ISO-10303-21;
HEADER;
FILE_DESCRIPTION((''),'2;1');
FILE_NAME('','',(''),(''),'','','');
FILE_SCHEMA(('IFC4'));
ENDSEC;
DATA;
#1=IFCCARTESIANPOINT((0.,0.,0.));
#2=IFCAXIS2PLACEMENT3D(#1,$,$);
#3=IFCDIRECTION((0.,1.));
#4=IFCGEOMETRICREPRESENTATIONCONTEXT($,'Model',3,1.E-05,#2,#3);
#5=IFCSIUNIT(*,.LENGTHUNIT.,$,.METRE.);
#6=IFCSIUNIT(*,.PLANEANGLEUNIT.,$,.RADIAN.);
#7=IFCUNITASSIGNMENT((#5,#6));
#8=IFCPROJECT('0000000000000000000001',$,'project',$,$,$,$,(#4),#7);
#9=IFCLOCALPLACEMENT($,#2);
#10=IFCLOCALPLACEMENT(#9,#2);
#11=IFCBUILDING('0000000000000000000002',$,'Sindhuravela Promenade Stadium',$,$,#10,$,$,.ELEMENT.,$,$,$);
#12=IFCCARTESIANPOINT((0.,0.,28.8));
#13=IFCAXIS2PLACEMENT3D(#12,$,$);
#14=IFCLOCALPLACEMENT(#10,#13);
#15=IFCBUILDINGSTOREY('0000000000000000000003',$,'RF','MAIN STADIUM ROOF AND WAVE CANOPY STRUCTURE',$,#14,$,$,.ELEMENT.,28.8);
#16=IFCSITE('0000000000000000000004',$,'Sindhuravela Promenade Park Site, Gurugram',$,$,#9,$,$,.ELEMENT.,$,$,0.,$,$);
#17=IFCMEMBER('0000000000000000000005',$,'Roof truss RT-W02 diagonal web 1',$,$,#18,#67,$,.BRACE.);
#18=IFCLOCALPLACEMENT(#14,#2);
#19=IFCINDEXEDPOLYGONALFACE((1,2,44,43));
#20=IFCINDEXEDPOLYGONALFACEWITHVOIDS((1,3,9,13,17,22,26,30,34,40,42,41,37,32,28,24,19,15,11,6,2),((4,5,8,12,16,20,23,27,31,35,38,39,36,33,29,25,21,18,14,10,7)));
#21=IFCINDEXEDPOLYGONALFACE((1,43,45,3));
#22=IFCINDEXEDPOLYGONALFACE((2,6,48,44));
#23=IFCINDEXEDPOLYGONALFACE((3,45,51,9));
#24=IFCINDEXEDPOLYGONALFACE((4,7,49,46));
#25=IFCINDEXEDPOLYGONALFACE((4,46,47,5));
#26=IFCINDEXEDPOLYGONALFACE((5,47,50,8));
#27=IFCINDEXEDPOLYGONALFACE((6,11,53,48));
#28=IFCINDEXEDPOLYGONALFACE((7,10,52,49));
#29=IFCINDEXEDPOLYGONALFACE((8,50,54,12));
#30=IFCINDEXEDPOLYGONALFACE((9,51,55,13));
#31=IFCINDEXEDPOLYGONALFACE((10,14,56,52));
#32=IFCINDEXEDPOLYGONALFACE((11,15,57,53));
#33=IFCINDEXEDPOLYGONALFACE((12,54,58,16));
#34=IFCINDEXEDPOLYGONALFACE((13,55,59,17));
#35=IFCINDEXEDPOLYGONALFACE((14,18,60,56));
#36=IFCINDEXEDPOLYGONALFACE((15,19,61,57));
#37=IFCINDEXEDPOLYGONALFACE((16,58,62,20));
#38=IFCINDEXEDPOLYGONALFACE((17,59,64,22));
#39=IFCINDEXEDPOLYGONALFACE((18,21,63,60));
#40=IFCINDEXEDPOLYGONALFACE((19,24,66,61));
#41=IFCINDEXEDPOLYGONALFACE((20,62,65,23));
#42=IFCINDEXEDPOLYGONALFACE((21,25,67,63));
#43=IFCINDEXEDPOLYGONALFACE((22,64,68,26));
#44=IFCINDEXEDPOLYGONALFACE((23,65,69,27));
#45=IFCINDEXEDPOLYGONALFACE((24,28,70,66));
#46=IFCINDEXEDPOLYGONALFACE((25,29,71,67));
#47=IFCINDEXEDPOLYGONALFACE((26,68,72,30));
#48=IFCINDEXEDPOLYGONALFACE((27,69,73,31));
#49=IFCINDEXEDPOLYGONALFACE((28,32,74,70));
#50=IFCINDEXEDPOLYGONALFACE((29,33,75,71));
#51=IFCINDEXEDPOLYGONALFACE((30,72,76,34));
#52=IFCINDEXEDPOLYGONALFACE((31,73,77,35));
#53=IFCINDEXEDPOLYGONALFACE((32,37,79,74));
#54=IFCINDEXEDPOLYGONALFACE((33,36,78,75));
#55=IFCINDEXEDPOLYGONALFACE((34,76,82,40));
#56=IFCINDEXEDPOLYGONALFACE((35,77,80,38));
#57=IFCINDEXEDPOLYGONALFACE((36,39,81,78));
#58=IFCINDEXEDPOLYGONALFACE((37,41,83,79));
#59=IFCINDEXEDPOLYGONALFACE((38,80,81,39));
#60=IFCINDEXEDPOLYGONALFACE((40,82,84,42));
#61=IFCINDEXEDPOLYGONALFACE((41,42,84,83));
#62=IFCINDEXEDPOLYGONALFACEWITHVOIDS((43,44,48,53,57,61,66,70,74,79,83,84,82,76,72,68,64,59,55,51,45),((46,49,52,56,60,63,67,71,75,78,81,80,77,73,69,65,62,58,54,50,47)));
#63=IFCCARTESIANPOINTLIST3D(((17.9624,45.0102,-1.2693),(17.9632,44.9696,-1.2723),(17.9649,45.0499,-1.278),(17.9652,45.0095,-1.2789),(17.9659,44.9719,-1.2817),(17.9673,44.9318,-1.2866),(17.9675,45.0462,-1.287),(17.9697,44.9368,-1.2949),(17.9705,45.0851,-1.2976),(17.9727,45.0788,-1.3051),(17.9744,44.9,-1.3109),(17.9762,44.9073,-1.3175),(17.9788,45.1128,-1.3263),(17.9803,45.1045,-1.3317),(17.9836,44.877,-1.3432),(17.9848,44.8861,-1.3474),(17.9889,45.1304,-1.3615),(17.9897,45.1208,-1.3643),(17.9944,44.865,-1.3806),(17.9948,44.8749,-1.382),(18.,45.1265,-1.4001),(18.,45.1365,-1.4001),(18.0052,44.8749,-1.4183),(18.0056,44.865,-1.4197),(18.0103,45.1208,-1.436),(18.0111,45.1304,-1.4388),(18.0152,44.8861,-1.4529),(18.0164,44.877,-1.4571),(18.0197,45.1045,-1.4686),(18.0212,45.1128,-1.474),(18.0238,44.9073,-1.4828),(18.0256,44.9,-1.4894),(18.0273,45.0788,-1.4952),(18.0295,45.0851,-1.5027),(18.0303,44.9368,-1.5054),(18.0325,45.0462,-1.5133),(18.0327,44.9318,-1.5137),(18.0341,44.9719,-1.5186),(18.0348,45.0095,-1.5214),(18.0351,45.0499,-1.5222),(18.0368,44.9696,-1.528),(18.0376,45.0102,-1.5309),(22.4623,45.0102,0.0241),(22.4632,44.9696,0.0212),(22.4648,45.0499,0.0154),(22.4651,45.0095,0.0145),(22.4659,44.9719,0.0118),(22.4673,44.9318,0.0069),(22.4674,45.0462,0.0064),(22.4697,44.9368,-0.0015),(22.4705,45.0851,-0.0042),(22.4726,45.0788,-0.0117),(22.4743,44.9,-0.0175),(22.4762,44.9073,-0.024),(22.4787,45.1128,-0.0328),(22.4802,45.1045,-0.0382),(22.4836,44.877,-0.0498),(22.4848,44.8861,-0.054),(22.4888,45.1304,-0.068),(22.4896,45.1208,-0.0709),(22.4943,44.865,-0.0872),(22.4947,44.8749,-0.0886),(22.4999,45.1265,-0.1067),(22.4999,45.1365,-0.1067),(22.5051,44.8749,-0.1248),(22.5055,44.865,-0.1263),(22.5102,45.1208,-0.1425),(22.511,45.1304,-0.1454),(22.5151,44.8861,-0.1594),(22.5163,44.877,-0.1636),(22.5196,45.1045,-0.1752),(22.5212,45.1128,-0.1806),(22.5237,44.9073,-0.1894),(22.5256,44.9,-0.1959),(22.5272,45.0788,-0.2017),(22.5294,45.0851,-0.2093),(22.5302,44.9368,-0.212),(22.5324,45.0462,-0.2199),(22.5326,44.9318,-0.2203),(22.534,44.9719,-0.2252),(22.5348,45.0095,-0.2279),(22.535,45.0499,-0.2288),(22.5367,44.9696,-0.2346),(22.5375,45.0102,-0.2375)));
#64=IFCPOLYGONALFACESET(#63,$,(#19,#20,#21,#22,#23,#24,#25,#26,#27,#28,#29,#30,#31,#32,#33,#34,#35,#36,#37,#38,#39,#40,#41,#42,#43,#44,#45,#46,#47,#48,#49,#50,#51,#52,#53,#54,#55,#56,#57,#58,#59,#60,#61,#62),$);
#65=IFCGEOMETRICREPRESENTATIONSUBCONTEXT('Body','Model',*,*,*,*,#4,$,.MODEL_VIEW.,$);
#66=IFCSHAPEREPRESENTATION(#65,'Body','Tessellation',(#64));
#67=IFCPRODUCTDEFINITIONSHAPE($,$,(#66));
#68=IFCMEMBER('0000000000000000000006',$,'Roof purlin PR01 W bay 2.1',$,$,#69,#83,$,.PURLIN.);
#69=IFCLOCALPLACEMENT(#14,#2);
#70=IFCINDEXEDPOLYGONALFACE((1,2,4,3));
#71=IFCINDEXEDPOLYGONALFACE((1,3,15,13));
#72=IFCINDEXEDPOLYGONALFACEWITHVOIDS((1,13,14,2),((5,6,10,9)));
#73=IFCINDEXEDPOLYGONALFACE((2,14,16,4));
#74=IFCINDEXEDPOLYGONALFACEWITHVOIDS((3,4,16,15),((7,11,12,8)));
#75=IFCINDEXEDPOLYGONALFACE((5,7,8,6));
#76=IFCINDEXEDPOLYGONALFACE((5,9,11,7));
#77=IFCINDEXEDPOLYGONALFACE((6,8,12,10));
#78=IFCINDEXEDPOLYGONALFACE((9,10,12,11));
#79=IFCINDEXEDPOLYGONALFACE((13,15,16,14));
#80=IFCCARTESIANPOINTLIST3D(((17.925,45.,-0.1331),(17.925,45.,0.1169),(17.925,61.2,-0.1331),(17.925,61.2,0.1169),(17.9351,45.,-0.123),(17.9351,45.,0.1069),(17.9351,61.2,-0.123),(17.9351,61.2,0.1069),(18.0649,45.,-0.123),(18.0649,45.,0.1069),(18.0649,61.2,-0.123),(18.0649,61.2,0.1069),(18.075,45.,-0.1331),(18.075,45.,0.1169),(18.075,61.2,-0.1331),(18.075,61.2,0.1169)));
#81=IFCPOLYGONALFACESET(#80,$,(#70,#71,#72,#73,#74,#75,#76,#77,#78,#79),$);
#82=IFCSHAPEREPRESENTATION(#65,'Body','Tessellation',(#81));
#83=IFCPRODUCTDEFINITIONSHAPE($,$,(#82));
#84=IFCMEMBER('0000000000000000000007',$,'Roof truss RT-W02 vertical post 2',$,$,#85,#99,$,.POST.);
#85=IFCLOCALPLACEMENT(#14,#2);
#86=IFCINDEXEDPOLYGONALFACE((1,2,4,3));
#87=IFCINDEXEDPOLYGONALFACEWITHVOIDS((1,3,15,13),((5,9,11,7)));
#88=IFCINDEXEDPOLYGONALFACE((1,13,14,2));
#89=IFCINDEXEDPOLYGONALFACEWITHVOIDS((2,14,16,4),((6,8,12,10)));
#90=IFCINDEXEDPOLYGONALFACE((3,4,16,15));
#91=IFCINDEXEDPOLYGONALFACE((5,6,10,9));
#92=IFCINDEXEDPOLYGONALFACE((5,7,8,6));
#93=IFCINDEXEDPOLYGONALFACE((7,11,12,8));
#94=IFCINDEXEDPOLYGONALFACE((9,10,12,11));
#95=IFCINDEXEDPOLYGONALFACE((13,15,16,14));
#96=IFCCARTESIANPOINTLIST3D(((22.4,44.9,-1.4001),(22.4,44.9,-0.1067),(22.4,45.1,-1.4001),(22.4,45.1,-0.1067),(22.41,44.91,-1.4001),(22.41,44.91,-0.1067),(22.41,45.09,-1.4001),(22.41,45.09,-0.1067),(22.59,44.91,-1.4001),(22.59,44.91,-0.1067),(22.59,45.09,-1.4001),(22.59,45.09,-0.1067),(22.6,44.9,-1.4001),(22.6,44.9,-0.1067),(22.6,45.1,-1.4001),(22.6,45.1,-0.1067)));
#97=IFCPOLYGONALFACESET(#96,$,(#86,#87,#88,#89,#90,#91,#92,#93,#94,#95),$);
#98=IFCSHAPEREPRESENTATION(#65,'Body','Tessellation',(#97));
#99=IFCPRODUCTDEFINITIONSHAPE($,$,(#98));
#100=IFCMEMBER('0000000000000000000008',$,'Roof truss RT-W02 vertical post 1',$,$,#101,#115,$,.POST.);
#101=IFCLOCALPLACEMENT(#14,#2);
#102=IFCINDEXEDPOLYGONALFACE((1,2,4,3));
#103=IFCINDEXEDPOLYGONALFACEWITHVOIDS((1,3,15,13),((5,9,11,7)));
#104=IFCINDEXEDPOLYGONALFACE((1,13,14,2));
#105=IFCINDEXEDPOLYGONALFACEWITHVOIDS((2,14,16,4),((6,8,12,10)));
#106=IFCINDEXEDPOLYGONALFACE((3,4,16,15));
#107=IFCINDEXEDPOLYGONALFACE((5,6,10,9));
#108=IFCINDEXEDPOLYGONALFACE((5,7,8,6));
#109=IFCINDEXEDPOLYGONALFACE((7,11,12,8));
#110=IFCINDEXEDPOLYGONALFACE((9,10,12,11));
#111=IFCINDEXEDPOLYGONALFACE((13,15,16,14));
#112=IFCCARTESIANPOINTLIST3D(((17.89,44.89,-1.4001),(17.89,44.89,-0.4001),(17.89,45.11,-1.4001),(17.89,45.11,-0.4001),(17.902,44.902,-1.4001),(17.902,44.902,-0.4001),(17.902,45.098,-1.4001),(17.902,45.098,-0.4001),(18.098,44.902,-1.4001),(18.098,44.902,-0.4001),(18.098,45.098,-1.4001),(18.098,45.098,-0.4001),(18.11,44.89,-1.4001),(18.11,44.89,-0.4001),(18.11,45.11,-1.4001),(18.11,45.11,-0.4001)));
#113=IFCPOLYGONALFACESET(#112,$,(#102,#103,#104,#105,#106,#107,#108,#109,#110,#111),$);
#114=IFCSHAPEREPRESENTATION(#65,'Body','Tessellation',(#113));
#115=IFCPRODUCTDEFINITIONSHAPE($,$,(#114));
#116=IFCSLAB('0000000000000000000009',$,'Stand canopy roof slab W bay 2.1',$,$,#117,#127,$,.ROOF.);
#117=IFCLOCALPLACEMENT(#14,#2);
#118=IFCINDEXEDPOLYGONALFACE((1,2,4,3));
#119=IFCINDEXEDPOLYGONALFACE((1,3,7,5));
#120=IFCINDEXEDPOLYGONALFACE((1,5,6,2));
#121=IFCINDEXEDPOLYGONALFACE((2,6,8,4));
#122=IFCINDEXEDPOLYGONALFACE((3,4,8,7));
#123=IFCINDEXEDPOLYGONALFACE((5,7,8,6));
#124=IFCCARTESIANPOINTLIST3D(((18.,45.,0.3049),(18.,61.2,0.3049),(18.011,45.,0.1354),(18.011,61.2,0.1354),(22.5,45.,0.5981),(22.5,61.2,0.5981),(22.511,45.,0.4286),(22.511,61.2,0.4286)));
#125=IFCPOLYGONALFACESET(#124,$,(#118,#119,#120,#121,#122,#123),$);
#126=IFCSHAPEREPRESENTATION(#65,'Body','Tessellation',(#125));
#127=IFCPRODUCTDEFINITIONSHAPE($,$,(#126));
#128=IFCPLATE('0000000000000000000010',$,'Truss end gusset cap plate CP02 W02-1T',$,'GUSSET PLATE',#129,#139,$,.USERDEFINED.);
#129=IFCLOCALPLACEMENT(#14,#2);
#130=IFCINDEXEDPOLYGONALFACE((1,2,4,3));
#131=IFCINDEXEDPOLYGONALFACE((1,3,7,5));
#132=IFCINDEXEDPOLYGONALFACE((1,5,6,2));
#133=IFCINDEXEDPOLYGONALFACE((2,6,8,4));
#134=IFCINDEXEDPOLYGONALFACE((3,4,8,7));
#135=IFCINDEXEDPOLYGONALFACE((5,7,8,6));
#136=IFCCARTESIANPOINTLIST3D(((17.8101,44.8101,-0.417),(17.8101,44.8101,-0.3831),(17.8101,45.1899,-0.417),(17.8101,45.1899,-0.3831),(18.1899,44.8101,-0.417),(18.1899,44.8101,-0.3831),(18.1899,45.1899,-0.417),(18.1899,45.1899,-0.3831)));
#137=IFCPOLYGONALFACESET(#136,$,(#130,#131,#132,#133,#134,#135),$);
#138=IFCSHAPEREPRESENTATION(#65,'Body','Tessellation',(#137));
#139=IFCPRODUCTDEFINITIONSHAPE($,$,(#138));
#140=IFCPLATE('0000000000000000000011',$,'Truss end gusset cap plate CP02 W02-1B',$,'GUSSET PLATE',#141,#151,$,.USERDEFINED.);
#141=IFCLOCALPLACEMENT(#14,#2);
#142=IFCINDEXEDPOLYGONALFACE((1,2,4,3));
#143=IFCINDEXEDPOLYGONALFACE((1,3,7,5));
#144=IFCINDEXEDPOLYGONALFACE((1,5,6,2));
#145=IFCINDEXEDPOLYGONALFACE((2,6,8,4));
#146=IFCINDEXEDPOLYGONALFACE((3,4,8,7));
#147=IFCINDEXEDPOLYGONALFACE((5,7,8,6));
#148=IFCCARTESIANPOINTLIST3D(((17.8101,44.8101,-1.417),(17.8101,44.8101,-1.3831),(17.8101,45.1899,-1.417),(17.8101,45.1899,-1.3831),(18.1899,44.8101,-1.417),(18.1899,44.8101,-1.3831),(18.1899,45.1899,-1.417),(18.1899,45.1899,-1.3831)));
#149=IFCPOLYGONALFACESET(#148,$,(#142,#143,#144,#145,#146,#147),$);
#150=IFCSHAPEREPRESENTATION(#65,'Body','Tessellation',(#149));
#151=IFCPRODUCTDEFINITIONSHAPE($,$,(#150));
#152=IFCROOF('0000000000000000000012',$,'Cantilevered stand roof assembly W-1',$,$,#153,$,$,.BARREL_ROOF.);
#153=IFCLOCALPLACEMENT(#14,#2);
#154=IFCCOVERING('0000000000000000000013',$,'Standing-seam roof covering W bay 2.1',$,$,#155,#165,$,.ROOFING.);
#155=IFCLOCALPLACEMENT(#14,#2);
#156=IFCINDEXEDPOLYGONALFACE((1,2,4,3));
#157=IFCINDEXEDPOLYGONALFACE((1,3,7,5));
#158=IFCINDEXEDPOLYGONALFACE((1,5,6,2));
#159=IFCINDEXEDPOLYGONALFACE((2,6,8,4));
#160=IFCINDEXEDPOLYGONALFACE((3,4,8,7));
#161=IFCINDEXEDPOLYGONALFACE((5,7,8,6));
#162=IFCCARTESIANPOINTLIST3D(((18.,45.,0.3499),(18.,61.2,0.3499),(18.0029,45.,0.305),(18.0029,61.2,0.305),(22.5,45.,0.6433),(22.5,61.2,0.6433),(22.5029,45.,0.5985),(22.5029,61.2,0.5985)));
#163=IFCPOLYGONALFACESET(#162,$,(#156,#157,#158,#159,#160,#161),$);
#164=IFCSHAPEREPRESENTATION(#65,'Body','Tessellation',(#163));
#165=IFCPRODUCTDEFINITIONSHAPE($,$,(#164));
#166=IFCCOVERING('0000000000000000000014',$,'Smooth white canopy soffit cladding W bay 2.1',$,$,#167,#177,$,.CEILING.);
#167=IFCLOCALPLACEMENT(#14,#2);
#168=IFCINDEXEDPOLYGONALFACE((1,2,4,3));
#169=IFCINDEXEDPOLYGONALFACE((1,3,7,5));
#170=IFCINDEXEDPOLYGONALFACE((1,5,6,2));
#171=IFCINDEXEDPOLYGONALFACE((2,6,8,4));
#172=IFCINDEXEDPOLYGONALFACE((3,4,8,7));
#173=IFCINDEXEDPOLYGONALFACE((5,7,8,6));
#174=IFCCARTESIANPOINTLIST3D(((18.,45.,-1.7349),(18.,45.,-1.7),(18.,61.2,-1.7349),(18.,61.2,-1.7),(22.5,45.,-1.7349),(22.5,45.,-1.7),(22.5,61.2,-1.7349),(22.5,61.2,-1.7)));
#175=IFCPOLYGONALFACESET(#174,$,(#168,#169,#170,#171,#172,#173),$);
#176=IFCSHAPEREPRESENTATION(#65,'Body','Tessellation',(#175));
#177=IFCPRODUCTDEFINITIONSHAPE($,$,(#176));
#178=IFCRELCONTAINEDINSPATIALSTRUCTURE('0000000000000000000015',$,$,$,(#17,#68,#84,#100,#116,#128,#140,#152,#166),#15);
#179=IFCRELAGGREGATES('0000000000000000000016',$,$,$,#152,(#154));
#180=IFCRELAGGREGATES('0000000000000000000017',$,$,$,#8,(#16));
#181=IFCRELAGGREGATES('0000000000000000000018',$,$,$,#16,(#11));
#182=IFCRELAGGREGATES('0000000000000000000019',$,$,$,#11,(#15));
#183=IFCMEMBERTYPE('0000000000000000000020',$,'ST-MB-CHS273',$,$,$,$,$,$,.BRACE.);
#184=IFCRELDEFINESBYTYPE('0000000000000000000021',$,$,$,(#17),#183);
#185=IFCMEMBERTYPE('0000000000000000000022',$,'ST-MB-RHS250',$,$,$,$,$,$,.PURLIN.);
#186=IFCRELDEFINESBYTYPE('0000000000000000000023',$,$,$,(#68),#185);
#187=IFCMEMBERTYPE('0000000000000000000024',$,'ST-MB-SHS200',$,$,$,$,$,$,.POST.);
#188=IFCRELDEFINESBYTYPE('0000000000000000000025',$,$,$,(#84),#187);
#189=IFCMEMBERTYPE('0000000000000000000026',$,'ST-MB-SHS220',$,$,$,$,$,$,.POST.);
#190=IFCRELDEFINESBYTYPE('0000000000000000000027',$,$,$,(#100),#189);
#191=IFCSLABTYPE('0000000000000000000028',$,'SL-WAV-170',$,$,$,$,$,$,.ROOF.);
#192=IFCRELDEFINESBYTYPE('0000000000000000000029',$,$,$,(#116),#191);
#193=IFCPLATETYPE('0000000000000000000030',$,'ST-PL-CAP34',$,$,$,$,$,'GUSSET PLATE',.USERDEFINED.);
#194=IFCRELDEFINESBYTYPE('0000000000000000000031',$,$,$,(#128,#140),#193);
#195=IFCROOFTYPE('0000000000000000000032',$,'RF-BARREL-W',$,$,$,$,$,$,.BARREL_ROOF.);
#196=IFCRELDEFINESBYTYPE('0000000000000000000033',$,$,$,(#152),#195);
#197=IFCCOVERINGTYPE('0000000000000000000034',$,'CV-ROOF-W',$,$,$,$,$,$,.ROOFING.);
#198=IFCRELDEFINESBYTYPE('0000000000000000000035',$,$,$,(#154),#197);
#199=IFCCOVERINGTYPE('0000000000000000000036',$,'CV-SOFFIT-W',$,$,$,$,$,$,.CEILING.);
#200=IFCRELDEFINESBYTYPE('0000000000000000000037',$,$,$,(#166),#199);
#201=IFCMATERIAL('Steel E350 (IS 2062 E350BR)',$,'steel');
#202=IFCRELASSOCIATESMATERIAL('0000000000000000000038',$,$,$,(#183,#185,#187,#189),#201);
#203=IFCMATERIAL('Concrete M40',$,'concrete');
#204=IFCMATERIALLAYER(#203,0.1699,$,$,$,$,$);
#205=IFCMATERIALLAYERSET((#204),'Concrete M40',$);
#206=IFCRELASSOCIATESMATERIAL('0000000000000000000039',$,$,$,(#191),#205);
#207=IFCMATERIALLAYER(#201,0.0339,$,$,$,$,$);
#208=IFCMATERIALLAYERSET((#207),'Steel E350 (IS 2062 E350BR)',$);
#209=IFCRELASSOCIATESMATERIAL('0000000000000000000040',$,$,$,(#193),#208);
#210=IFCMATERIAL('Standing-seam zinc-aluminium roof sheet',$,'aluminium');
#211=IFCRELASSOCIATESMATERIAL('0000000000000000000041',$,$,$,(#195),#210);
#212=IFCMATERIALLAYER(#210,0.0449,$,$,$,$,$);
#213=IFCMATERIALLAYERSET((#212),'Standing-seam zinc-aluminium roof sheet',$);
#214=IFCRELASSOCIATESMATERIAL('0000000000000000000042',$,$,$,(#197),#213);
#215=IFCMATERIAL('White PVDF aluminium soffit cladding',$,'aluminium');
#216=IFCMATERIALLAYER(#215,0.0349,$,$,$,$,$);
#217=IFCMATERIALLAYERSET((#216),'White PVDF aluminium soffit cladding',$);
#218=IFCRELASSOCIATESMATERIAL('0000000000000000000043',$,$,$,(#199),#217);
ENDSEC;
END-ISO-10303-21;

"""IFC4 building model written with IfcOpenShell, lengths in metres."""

from ifc_helpers import new_model, si_unit, direction, frame, origin, origin_2d, place, context, subcontext, project, spatial, polyline, rectangle, hollow_rectangle, hollow_circle, outline, extrude, material, layer, layer_set, material_profile, profile_set, type_object, element, aggregate, save


model = new_model("IFC4")

# Units and contexts
model_context = context("Model", 3, precision=1e-05, world=origin(), true_north=direction((0.0, 1.0)))
body_context = subcontext(model_context, "Body", "Model", "MODEL_VIEW")
ifc_project = project(units=[si_unit("LENGTHUNIT", "METRE"), si_unit("PLANEANGLEUNIT", "RADIAN")], contexts=[model_context])

# Site, building, storey
site_placement = place(None, origin())
site = spatial("IfcSite", under=ifc_project, at=site_placement, Name="Sindhuravela Promenade Park Site, Gurugram", CompositionType="ELEMENT", RefElevation=0.0)
building_placement = place(site_placement, origin())
building = spatial("IfcBuilding", under=site, at=building_placement, Name="Sindhuravela Promenade Stadium", CompositionType="ELEMENT")
storey_placement = place(building_placement, frame((0.0, 0.0, 28.8)))
storey = spatial("IfcBuildingStorey", under=building, at=storey_placement, Name="RF", Description="MAIN STADIUM ROOF AND WAVE CANOPY STRUCTURE", CompositionType="ELEMENT", Elevation=28.8)

# Shared definitions
ifc_material_1 = material(Name="Concrete M40", Category="concrete")
ifc_material_2 = material(Name="Steel E350 (IS 2062 E350BR)", Category="steel")

# Members
ifc_material_profile_1 = material_profile(ifc_material_2, hollow_circle(Radius=0.1365, WallThickness=0.01, at=origin_2d()), Name="CHS 273.0x10")
ifc_profile_set_1 = profile_set([ifc_material_profile_1], Name="Steel E350 (IS 2062 E350BR)")
member_type_1 = type_object("IfcMemberType", Name="ST-MB-CHS273", PredefinedType="BRACE", material=ifc_profile_set_1)
member_1_placement = place(storey_placement, frame((18.0, 45.0, -1.4001), z_axis=(0.961086, 0.0, 0.27625), x_axis=(0.0, 1.0, 0.0)))
element("IfcMember", 1, at=member_1_placement, inside=storey, type_object=member_type_1, Name="Roof truss RT-W02 diagonal web 1", PredefinedType="BRACE", context=body_context, shape_type="SweptSolid", body=[
    extrude(hollow_circle(Radius=0.1365, WallThickness=0.01, at=origin_2d()), origin(), (0.0, 0.0, 1.0), 4.6821),
])
ifc_material_profile_2 = material_profile(ifc_material_2, hollow_rectangle(XDim=0.1499, YDim=0.25, WallThickness=0.01, at=origin_2d()), Name="RHS 250x150x10")
ifc_profile_set_2 = profile_set([ifc_material_profile_2], Name="Steel E350 (IS 2062 E350BR)")
member_type_2 = type_object("IfcMemberType", Name="ST-MB-RHS250", PredefinedType="PURLIN", material=ifc_profile_set_2)
member_2_placement = place(storey_placement, frame((18.0, 45.0, -0.0081), z_axis=(0.0, 1.0, 0.0), x_axis=(-1.0, 0.0, 0.0)))
element("IfcMember", 2, at=member_2_placement, inside=storey, type_object=member_type_2, Name="Roof purlin PR01 W bay 2.1", PredefinedType="PURLIN", context=body_context, shape_type="SweptSolid", body=[
    extrude(hollow_rectangle(XDim=0.1499, YDim=0.25, WallThickness=0.01, at=origin_2d()), origin(), (0.0, 0.0, 1.0), 16.2),
])
ifc_material_profile_3 = material_profile(ifc_material_2, hollow_rectangle(XDim=0.2, YDim=0.2, WallThickness=0.01, at=origin_2d()), Name="SHS 200x200x10")
ifc_profile_set_3 = profile_set([ifc_material_profile_3], Name="Steel E350 (IS 2062 E350BR)")
member_type_3 = type_object("IfcMemberType", Name="ST-MB-SHS200", PredefinedType="POST", material=ifc_profile_set_3)
member_3_placement = place(storey_placement, frame((22.5, 45.0, -1.4001), z_axis=(0.0, 0.0, 1.0), x_axis=(1.0, 0.0, 0.0)))
element("IfcMember", 3, at=member_3_placement, inside=storey, type_object=member_type_3, Name="Roof truss RT-W02 vertical post 2", PredefinedType="POST", context=body_context, shape_type="SweptSolid", body=[
    extrude(hollow_rectangle(XDim=0.2, YDim=0.2, WallThickness=0.01, at=origin_2d()), origin(), (0.0, 0.0, 1.0), 1.2935),
])
ifc_material_profile_4 = material_profile(ifc_material_2, hollow_rectangle(XDim=0.22, YDim=0.22, WallThickness=0.012, at=origin_2d()), Name="SHS 220x220x12")
ifc_profile_set_4 = profile_set([ifc_material_profile_4], Name="Steel E350 (IS 2062 E350BR)")
member_type_4 = type_object("IfcMemberType", Name="ST-MB-SHS220", PredefinedType="POST", material=ifc_profile_set_4)
member_4_placement = place(storey_placement, frame((18.0, 45.0, -1.4001), z_axis=(0.0, 0.0, 1.0), x_axis=(1.0, 0.0, 0.0)))
element("IfcMember", 4, at=member_4_placement, inside=storey, type_object=member_type_4, Name="Roof truss RT-W02 vertical post 1", PredefinedType="POST", context=body_context, shape_type="SweptSolid", body=[
    extrude(hollow_rectangle(XDim=0.22, YDim=0.22, WallThickness=0.012, at=origin_2d()), origin(), (0.0, 0.0, 1.0), 1.0),
])

# Slab
ifc_layer_1 = layer(ifc_material_1, 0.1699)
ifc_layer_set_1 = layer_set([ifc_layer_1], Name="Concrete M40")
slab_type = type_object("IfcSlabType", Name="SL-WAV-170", PredefinedType="ROOF", material=ifc_layer_set_1)
slab_placement = place(storey_placement, frame((18.0, 45.0, 0.3049), z_axis=(-0.065021, 0.0, 0.997884), x_axis=(0.0, 1.0, 0.0)))
element("IfcSlab", 5, at=slab_placement, inside=storey, type_object=slab_type, Name="Stand canopy roof slab W bay 2.1", PredefinedType="ROOF", context=body_context, shape_type="SweptSolid", body=[
    extrude(outline(polyline([(0.0, 0.0), (0.0, -4.5095), (16.2, -4.5095), (16.2, 0.0), (0.0, 0.0)])), origin(), (0.0, 0.0, -1.0), 0.1699),
])

# Plates
ifc_layer_2 = layer(ifc_material_2, 0.0339)
ifc_layer_set_2 = layer_set([ifc_layer_2], Name="Steel E350 (IS 2062 E350BR)")
plate_type = type_object("IfcPlateType", Name="ST-PL-CAP34", ElementType="GUSSET PLATE", PredefinedType="USERDEFINED", material=ifc_layer_set_2)
for number, where, z_axis, x_axis, name in (
    (6, (18.0, 45.0, -0.417), (0.0, 0.0, 1.0), (1.0, 0.0, 0.0), "Truss end gusset cap plate CP02 W02-1T"),
    (7, (18.0, 45.0, -1.417), (0.0, 0.0, 1.0), (1.0, 0.0, 0.0), "Truss end gusset cap plate CP02 W02-1B"),
):
    element("IfcPlate", number, at=place(storey_placement, frame(where, z_axis=z_axis, x_axis=x_axis)), inside=storey, type_object=plate_type, Name=name, ObjectType="GUSSET PLATE", PredefinedType="USERDEFINED", context=body_context, shape_type="SweptSolid", body=[
        extrude(rectangle(XDim=0.3799, YDim=0.3799, at=origin_2d()), origin(), (0.0, 0.0, 1.0), 0.0339),
    ])

# Roof, covering
ifc_material_3 = material(Name="Standing-seam zinc-aluminium roof sheet", Category="aluminium")
roof_type = type_object("IfcRoofType", Name="RF-BARREL-W", PredefinedType="BARREL_ROOF", material=ifc_material_3)
roof_placement = place(storey_placement, origin())
roof = element("IfcRoof", 8, at=roof_placement, inside=storey, type_object=roof_type, Name="Cantilevered stand roof assembly W-1", PredefinedType="BARREL_ROOF")
ifc_layer_3 = layer(ifc_material_3, 0.0449)
ifc_layer_set_3 = layer_set([ifc_layer_3], Name="Standing-seam zinc-aluminium roof sheet")
covering_type_1 = type_object("IfcCoveringType", Name="CV-ROOF-W", PredefinedType="ROOFING", material=ifc_layer_set_3)
covering_1_placement = place(storey_placement, frame((18.0, 45.0, 0.3499), z_axis=(-0.065074, 0.0, 0.99788), x_axis=(0.0, 1.0, 0.0)))
covering_1 = element("IfcCovering", 9, at=covering_1_placement, type_object=covering_type_1, Name="Standing-seam roof covering W bay 2.1", PredefinedType="ROOFING", context=body_context, shape_type="SweptSolid", body=[
    extrude(outline(polyline([(0.0, 0.0), (0.0, -4.5096), (16.2, -4.5096), (16.2, 0.0), (0.0, 0.0)])), origin(), (0.0, 0.0, -1.0), 0.0449),
])
aggregate(roof, [covering_1])

# Covering
ifc_material_4 = material(Name="White PVDF aluminium soffit cladding", Category="aluminium")
ifc_layer_4 = layer(ifc_material_4, 0.0349)
ifc_layer_set_4 = layer_set([ifc_layer_4], Name="White PVDF aluminium soffit cladding")
covering_type_2 = type_object("IfcCoveringType", Name="CV-SOFFIT-W", PredefinedType="CEILING", material=ifc_layer_set_4)
covering_2_placement = place(storey_placement, frame((18.0, 45.0, -1.7), z_axis=(0.0, 0.0, 1.0), x_axis=(0.0, 1.0, 0.0)))
element("IfcCovering", 10, at=covering_2_placement, inside=storey, type_object=covering_type_2, Name="Smooth white canopy soffit cladding W bay 2.1", PredefinedType="CEILING", context=body_context, shape_type="SweptSolid", body=[
    extrude(outline(polyline([(0.0, 0.0), (0.0, -4.5), (16.2, -4.5), (16.2, 0.0), (0.0, 0.0)])), origin(), (0.0, 0.0, -1.0), 0.0349),
])

save(model, "model.ifc")
